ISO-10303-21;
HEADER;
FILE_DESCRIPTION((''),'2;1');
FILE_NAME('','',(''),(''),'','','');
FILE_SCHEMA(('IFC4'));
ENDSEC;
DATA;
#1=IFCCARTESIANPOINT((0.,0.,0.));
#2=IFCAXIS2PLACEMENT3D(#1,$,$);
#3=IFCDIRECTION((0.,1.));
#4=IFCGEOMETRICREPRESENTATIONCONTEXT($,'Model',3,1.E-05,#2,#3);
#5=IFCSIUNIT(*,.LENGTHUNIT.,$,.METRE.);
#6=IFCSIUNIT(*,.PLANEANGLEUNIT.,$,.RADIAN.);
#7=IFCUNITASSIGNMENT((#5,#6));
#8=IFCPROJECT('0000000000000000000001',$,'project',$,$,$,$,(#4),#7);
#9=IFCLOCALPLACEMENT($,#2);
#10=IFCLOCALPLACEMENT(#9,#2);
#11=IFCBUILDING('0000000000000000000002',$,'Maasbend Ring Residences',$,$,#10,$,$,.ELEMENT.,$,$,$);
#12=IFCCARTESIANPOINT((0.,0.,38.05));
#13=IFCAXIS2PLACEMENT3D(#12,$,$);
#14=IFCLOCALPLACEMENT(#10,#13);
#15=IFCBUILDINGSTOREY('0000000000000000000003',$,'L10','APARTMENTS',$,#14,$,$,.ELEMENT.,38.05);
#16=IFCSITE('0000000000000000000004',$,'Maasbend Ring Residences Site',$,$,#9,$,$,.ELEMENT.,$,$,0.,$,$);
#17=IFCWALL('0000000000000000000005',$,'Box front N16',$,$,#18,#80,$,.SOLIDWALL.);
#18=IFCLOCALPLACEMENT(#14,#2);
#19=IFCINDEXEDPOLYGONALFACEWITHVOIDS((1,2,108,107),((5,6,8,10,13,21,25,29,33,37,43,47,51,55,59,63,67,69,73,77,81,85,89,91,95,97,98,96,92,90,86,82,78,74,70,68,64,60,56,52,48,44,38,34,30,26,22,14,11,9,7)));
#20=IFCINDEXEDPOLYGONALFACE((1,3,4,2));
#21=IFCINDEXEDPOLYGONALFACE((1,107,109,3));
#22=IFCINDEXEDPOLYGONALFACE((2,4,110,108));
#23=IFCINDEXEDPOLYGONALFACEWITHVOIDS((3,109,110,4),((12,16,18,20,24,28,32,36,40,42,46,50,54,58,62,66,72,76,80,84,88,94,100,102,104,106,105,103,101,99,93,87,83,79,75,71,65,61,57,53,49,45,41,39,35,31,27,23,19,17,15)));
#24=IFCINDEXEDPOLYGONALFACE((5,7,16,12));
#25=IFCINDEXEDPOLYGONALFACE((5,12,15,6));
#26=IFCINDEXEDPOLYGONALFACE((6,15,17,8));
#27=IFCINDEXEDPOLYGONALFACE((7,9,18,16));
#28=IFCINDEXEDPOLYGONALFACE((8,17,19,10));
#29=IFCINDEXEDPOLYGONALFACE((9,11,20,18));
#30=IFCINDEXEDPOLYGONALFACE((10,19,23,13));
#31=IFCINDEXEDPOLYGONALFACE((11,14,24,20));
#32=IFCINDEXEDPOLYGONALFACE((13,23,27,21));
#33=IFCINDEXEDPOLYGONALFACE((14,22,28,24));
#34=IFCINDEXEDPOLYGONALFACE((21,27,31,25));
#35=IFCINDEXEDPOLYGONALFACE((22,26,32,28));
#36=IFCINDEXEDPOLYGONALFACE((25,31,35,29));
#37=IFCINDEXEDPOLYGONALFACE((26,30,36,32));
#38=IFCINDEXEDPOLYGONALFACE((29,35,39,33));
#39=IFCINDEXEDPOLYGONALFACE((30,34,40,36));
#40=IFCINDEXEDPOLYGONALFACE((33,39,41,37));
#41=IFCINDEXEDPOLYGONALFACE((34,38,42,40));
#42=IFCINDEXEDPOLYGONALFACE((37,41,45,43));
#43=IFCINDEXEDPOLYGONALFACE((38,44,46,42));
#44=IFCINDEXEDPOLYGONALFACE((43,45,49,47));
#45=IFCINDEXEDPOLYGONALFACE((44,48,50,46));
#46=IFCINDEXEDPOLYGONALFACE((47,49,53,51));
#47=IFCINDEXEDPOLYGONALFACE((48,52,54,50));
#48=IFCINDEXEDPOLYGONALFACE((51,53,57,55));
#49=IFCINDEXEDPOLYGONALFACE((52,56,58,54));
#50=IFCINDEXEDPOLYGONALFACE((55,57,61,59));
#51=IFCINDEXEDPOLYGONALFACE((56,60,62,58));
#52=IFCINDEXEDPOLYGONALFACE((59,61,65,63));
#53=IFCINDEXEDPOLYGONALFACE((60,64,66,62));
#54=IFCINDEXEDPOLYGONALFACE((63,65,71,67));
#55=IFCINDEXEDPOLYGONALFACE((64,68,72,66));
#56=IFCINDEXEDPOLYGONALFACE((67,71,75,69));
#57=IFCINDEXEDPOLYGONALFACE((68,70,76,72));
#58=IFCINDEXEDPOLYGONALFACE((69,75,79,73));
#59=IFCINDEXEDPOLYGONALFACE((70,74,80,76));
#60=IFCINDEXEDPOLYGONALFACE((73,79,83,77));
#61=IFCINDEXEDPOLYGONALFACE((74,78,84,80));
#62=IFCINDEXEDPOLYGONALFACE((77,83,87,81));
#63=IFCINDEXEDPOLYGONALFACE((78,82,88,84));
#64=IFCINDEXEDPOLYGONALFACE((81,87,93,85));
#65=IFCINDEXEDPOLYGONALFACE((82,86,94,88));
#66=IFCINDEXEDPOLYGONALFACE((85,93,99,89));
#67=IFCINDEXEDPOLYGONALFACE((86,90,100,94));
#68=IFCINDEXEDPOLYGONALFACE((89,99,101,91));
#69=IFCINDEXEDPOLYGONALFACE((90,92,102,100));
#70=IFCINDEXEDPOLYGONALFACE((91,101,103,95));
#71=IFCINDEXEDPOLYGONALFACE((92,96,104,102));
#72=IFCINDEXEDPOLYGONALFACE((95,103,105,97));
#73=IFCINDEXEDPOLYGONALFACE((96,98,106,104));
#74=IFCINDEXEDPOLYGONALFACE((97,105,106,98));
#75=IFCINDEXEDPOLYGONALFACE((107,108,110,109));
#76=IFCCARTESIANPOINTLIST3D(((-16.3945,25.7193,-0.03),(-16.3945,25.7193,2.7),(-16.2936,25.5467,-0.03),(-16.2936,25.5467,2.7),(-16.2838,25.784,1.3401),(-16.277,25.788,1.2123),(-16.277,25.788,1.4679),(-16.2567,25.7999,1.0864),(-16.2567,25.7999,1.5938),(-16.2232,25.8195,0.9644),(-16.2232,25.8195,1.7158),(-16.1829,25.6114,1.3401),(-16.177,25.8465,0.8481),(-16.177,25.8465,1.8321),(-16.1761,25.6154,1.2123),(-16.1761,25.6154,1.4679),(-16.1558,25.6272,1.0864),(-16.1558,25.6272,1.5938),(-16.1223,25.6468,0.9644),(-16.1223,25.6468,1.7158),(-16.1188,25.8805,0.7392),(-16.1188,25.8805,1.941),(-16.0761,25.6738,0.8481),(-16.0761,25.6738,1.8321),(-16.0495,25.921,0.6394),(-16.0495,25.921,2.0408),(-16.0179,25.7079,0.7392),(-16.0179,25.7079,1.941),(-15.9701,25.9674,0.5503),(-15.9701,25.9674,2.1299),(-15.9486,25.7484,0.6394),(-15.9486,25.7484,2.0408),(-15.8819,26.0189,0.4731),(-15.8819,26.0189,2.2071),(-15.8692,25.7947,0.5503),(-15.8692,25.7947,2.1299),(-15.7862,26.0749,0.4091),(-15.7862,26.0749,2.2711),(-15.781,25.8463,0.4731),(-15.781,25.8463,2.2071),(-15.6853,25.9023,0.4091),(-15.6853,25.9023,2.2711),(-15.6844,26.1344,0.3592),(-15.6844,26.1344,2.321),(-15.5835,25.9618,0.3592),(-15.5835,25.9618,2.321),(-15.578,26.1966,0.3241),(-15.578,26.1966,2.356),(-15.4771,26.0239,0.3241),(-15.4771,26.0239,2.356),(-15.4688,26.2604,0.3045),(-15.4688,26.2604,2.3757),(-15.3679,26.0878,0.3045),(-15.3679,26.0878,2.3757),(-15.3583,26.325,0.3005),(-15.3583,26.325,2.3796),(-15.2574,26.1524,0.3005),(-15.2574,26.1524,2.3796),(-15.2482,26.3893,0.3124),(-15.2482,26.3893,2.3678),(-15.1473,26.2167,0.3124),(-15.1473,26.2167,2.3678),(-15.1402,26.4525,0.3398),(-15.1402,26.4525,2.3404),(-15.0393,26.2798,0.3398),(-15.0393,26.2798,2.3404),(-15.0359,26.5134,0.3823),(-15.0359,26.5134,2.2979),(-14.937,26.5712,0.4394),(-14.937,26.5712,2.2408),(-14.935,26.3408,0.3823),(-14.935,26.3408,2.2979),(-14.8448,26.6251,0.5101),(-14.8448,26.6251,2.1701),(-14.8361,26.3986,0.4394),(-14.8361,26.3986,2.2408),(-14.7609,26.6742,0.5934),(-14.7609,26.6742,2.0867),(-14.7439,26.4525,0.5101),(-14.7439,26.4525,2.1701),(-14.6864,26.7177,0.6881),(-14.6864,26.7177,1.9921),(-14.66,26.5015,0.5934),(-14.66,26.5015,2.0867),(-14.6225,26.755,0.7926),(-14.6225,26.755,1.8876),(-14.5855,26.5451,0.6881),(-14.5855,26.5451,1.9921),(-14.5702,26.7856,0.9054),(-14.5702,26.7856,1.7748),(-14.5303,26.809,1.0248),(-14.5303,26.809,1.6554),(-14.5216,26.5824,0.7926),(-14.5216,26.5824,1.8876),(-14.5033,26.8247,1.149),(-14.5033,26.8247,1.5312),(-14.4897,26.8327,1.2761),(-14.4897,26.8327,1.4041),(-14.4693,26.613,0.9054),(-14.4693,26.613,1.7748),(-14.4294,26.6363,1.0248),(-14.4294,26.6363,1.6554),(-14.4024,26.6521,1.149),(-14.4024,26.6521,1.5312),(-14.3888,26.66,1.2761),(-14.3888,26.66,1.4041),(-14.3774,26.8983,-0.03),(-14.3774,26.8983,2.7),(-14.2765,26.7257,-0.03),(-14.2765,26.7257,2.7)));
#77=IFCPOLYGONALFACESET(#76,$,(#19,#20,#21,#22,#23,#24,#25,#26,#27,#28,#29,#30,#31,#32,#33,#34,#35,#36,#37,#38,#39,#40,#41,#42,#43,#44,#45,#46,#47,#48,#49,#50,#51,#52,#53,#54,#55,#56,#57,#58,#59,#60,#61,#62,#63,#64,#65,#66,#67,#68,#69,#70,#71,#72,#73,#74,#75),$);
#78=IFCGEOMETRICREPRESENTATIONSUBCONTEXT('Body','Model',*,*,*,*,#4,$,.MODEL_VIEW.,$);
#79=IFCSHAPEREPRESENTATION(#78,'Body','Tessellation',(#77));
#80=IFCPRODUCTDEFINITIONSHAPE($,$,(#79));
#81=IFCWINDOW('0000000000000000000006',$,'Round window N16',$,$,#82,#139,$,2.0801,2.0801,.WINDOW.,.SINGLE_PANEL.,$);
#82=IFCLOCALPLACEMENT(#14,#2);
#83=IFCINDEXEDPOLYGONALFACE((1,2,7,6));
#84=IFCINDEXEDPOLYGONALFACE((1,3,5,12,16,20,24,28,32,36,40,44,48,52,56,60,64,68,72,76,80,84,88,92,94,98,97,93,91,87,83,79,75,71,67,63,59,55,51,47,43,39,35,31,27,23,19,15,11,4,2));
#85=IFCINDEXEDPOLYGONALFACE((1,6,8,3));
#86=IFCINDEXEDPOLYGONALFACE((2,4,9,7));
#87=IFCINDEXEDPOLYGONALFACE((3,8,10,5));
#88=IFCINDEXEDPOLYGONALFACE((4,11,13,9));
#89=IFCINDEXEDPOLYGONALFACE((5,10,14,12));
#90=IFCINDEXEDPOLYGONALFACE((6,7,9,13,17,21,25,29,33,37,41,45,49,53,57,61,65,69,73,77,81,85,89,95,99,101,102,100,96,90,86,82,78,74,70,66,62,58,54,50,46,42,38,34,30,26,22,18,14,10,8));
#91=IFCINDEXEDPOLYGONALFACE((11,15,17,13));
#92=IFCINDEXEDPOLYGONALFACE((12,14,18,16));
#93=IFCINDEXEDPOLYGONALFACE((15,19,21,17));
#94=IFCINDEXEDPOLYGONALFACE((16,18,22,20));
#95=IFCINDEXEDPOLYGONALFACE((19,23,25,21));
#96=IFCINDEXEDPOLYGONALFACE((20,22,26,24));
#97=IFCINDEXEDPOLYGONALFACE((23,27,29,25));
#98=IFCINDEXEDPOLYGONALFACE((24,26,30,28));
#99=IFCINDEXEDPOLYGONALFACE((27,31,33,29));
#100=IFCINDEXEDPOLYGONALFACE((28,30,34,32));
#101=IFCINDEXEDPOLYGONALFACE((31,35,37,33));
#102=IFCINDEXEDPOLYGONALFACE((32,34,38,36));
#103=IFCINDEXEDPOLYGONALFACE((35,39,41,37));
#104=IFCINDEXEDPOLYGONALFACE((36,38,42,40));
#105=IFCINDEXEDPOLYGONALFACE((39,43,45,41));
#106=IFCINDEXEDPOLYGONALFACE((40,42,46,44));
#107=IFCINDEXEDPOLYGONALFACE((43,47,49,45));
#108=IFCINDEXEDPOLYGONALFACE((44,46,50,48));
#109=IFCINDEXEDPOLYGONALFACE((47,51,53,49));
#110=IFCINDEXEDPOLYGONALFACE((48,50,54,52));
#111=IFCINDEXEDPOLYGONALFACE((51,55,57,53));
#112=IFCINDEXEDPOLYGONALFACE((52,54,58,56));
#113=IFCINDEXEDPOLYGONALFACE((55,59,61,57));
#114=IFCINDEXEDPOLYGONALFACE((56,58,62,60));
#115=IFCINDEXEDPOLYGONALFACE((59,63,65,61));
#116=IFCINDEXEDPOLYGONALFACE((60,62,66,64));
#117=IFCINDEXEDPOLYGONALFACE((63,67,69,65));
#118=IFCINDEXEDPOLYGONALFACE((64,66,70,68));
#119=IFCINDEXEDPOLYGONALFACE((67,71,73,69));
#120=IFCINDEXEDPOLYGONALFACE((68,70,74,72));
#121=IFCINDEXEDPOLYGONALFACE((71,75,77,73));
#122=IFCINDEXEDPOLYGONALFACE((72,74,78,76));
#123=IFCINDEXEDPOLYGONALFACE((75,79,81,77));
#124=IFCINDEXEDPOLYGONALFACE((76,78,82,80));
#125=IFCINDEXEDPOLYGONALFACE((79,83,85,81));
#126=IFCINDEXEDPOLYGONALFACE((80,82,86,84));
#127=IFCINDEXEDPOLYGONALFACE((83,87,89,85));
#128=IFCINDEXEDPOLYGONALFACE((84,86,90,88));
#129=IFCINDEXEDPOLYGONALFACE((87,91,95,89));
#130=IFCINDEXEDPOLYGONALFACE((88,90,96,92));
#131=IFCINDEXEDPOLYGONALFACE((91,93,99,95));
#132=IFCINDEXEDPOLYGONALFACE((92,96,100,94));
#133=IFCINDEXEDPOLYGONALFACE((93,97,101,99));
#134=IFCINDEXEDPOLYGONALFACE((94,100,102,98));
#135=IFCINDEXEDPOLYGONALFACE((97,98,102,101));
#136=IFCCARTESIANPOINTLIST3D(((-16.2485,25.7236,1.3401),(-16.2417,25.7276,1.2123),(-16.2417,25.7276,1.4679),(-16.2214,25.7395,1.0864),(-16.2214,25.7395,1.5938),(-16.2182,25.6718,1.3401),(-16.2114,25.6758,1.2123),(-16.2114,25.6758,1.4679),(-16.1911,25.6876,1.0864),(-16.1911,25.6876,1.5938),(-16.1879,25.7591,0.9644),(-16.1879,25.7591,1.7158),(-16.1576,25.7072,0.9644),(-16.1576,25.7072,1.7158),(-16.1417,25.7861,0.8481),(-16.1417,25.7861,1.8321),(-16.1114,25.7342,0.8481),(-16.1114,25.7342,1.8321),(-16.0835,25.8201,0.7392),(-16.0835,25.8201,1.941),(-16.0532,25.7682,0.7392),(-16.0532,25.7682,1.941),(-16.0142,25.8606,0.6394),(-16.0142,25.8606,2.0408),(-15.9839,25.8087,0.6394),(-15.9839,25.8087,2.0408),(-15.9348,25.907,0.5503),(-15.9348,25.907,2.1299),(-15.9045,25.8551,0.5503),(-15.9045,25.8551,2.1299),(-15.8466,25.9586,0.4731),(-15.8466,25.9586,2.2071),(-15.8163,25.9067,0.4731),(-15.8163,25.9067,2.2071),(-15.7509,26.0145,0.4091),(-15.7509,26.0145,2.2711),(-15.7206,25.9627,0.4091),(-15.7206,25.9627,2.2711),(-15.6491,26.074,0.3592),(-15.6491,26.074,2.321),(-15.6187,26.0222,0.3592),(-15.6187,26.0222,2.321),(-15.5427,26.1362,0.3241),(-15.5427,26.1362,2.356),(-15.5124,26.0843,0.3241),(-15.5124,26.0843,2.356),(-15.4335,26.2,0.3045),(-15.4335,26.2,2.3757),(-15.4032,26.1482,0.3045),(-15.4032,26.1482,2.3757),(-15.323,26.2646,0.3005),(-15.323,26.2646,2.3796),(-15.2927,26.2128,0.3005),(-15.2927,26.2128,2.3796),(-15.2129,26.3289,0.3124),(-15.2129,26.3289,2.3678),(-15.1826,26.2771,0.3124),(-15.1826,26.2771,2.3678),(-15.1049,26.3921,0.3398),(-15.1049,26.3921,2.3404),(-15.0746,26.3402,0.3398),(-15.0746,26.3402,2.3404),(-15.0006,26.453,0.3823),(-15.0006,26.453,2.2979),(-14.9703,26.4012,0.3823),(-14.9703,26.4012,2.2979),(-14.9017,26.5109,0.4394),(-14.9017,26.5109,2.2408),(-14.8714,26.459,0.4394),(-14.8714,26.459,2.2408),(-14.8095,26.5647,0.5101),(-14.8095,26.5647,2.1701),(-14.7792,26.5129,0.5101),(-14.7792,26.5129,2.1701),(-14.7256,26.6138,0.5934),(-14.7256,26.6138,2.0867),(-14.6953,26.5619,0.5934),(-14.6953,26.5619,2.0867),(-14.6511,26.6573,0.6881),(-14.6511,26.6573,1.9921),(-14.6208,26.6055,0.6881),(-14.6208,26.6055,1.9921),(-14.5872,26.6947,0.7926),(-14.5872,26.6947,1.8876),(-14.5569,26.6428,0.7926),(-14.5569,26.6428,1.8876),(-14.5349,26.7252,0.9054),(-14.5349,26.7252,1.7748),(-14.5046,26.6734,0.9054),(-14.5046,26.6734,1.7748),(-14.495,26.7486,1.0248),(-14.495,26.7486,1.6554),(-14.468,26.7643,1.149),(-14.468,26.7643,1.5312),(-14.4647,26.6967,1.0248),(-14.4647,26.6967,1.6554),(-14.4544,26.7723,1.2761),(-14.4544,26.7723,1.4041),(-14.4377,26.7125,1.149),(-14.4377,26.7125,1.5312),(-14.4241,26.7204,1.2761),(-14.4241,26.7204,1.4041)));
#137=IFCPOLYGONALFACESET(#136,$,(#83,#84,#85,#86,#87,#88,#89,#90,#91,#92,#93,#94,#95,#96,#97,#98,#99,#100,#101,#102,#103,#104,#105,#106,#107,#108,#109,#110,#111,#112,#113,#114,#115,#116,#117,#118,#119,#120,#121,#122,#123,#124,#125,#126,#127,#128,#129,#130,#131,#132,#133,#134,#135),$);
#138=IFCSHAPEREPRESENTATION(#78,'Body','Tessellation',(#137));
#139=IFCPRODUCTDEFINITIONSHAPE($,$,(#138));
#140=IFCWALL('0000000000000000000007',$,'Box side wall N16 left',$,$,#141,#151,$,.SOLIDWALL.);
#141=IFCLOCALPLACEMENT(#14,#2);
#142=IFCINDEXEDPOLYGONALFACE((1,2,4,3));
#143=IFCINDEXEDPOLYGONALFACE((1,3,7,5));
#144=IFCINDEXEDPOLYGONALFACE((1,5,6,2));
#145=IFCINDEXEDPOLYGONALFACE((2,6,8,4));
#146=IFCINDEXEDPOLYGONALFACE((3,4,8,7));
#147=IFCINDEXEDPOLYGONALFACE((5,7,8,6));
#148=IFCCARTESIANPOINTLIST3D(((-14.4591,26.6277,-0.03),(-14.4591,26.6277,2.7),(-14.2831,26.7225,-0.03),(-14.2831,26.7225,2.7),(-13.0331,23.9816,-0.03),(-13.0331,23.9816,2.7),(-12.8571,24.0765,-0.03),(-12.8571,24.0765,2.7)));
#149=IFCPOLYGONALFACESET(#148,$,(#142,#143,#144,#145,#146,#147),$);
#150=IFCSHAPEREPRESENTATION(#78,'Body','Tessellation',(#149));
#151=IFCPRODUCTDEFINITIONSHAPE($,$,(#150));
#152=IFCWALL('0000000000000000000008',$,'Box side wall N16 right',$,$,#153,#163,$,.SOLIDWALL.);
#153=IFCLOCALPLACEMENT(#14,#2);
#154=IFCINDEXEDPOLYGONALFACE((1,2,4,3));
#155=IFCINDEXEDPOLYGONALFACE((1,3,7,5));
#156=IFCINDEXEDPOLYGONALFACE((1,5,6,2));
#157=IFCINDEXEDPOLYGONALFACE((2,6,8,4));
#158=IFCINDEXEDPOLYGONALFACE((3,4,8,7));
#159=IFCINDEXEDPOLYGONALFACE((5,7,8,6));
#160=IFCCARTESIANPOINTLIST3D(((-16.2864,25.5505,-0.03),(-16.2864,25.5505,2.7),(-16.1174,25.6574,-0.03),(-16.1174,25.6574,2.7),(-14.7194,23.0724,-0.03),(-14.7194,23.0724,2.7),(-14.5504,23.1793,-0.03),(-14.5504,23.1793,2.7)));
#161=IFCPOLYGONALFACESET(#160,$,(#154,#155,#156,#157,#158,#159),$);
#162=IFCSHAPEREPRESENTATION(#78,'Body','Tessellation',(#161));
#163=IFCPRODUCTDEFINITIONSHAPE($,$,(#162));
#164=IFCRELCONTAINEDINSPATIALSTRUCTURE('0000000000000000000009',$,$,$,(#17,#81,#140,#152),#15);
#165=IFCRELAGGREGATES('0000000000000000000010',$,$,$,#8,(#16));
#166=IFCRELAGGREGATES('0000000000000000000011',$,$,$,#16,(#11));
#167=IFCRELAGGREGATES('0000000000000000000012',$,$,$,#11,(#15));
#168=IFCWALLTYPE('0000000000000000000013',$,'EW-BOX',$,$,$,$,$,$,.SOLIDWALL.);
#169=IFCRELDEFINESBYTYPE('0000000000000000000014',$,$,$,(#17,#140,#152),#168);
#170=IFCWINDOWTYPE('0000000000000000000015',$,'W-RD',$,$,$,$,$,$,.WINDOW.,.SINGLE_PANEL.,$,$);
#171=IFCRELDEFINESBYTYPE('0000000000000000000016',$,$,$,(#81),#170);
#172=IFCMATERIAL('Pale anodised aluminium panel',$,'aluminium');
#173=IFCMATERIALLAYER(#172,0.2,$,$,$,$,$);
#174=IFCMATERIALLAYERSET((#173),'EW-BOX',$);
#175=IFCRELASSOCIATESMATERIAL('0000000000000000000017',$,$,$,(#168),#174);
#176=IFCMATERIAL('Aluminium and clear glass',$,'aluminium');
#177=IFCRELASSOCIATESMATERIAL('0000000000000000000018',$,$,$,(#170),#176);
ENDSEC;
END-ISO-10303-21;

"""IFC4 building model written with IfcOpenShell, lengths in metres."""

from ifc_helpers import new_model, si_unit, direction, frame, frame_2d, origin, place, context, subcontext, project, spatial, rectangle, circle, extrude, material, layer, layer_set, type_object, element, fill, save


model = new_model("IFC4")

# Units and contexts
model_context = context("Model", 3, precision=1e-05, world=origin(), true_north=direction((0.0, 1.0)))
body_context = subcontext(model_context, "Body", "Model", "MODEL_VIEW")
ifc_project = project(units=[si_unit("LENGTHUNIT", "METRE"), si_unit("PLANEANGLEUNIT", "RADIAN")], contexts=[model_context])

# Site, building, storey
site_placement = place(None, origin())
site = spatial("IfcSite", under=ifc_project, at=site_placement, Name="Maasbend Ring Residences Site", CompositionType="ELEMENT", RefElevation=0.0)
building_placement = place(site_placement, origin())
building = spatial("IfcBuilding", under=site, at=building_placement, Name="Maasbend Ring Residences", CompositionType="ELEMENT")
storey_placement = place(building_placement, frame((0.0, 0.0, 38.05)))
storey = spatial("IfcBuildingStorey", under=building, at=storey_placement, Name="L10", Description="APARTMENTS", CompositionType="ELEMENT", Elevation=38.05)

# Wall, opening, window
ifc_material_1 = material(Name="Pale anodised aluminium panel", Category="aluminium")
ifc_layer_1 = layer(ifc_material_1, 0.2)
ifc_layer_set_1 = layer_set([ifc_layer_1], Name="EW-BOX")
wall_type_1 = type_object("IfcWallType", Name="EW-BOX", PredefinedType="SOLIDWALL", material=ifc_layer_set_1)
wall_1_placement = place(storey_placement, frame((-14.3269, 26.812, -0.03), z_axis=(0.0, 0.0, 1.0), x_axis=(-0.863347, -0.504612, 0.0)))
wall_1 = element("IfcWall", 1, at=wall_1_placement, inside=storey, type_object=wall_type_1, Name="Box front N16", PredefinedType="SOLIDWALL", context=body_context, shape_type="SweptSolid", body=[
    extrude(rectangle(XDim=2.3364, YDim=0.2, at=frame_2d((1.1682, 0.0))), origin(), (0.0, 0.0, 1.0), 2.73),
])
opening_1_placement = place(wall_1_placement, frame((0.1282, 0.0, 0.3301)))
opening_1 = element("IfcOpeningElement", 2, at=opening_1_placement, cuts=wall_1, PredefinedType="OPENING", context=body_context, shape_type="SweptSolid", body=[
    extrude(circle(Radius=1.04, at=frame_2d((1.04, 1.04))), frame((0.0, 0.1099, 0.0), z_axis=(0.0, -1.0, 0.0), x_axis=(1.0, 0.0, 0.0)), (0.0, 0.0, 1.0), 0.22),
])
ifc_material_2 = material(Name="Aluminium and clear glass", Category="aluminium")
window_type_1 = type_object("IfcWindowType", Name="W-RD", PartitioningType="SINGLE_PANEL", PredefinedType="WINDOW", material=ifc_material_2)
window_1_placement = place(opening_1_placement, origin())
window_1 = element("IfcWindow", 3, at=window_1_placement, inside=storey, type_object=window_type_1, Name="Round window N16", OverallHeight=2.0801, OverallWidth=2.0801, PartitioningType="SINGLE_PANEL", PredefinedType="WINDOW", context=body_context, shape_type="SweptSolid", body=[
    extrude(circle(Radius=1.04, at=frame_2d((1.04, 1.04))), frame((0.0, 0.03, 0.0), z_axis=(0.0, -1.0, 0.0), x_axis=(1.0, 0.0, 0.0)), (0.0, 0.0, 1.0), 0.0601),
])
fill(opening_1, window_1)

# Walls
wall_2_placement = place(storey_placement, frame((-12.9451, 24.0291, -0.03), z_axis=(0.0, 0.0, 1.0), x_axis=(-0.474424, 0.880296, 0.0)))
element("IfcWall", 4, at=wall_2_placement, inside=storey, type_object=wall_type_1, Name="Box side wall N16 left", PredefinedType="SOLIDWALL", context=body_context, shape_type="SweptSolid", body=[
    extrude(rectangle(XDim=3.0059, YDim=0.2, at=frame_2d((1.5029, 0.0))), origin(), (0.0, 0.0, 1.0), 2.73),
])
wall_3_placement = place(storey_placement, frame((-14.635, 23.126, -0.03), z_axis=(0.0, 0.0, 1.0), x_axis=(-0.534438, 0.845208, 0.0)))
element("IfcWall", 5, at=wall_3_placement, inside=storey, type_object=wall_type_1, Name="Box side wall N16 right", PredefinedType="SOLIDWALL", context=body_context, shape_type="SweptSolid", body=[
    extrude(rectangle(XDim=2.9319, YDim=0.2, at=frame_2d((1.4658, 0.0))), origin(), (0.0, 0.0, 1.0), 2.73),
])

save(model, "model.ifc")
